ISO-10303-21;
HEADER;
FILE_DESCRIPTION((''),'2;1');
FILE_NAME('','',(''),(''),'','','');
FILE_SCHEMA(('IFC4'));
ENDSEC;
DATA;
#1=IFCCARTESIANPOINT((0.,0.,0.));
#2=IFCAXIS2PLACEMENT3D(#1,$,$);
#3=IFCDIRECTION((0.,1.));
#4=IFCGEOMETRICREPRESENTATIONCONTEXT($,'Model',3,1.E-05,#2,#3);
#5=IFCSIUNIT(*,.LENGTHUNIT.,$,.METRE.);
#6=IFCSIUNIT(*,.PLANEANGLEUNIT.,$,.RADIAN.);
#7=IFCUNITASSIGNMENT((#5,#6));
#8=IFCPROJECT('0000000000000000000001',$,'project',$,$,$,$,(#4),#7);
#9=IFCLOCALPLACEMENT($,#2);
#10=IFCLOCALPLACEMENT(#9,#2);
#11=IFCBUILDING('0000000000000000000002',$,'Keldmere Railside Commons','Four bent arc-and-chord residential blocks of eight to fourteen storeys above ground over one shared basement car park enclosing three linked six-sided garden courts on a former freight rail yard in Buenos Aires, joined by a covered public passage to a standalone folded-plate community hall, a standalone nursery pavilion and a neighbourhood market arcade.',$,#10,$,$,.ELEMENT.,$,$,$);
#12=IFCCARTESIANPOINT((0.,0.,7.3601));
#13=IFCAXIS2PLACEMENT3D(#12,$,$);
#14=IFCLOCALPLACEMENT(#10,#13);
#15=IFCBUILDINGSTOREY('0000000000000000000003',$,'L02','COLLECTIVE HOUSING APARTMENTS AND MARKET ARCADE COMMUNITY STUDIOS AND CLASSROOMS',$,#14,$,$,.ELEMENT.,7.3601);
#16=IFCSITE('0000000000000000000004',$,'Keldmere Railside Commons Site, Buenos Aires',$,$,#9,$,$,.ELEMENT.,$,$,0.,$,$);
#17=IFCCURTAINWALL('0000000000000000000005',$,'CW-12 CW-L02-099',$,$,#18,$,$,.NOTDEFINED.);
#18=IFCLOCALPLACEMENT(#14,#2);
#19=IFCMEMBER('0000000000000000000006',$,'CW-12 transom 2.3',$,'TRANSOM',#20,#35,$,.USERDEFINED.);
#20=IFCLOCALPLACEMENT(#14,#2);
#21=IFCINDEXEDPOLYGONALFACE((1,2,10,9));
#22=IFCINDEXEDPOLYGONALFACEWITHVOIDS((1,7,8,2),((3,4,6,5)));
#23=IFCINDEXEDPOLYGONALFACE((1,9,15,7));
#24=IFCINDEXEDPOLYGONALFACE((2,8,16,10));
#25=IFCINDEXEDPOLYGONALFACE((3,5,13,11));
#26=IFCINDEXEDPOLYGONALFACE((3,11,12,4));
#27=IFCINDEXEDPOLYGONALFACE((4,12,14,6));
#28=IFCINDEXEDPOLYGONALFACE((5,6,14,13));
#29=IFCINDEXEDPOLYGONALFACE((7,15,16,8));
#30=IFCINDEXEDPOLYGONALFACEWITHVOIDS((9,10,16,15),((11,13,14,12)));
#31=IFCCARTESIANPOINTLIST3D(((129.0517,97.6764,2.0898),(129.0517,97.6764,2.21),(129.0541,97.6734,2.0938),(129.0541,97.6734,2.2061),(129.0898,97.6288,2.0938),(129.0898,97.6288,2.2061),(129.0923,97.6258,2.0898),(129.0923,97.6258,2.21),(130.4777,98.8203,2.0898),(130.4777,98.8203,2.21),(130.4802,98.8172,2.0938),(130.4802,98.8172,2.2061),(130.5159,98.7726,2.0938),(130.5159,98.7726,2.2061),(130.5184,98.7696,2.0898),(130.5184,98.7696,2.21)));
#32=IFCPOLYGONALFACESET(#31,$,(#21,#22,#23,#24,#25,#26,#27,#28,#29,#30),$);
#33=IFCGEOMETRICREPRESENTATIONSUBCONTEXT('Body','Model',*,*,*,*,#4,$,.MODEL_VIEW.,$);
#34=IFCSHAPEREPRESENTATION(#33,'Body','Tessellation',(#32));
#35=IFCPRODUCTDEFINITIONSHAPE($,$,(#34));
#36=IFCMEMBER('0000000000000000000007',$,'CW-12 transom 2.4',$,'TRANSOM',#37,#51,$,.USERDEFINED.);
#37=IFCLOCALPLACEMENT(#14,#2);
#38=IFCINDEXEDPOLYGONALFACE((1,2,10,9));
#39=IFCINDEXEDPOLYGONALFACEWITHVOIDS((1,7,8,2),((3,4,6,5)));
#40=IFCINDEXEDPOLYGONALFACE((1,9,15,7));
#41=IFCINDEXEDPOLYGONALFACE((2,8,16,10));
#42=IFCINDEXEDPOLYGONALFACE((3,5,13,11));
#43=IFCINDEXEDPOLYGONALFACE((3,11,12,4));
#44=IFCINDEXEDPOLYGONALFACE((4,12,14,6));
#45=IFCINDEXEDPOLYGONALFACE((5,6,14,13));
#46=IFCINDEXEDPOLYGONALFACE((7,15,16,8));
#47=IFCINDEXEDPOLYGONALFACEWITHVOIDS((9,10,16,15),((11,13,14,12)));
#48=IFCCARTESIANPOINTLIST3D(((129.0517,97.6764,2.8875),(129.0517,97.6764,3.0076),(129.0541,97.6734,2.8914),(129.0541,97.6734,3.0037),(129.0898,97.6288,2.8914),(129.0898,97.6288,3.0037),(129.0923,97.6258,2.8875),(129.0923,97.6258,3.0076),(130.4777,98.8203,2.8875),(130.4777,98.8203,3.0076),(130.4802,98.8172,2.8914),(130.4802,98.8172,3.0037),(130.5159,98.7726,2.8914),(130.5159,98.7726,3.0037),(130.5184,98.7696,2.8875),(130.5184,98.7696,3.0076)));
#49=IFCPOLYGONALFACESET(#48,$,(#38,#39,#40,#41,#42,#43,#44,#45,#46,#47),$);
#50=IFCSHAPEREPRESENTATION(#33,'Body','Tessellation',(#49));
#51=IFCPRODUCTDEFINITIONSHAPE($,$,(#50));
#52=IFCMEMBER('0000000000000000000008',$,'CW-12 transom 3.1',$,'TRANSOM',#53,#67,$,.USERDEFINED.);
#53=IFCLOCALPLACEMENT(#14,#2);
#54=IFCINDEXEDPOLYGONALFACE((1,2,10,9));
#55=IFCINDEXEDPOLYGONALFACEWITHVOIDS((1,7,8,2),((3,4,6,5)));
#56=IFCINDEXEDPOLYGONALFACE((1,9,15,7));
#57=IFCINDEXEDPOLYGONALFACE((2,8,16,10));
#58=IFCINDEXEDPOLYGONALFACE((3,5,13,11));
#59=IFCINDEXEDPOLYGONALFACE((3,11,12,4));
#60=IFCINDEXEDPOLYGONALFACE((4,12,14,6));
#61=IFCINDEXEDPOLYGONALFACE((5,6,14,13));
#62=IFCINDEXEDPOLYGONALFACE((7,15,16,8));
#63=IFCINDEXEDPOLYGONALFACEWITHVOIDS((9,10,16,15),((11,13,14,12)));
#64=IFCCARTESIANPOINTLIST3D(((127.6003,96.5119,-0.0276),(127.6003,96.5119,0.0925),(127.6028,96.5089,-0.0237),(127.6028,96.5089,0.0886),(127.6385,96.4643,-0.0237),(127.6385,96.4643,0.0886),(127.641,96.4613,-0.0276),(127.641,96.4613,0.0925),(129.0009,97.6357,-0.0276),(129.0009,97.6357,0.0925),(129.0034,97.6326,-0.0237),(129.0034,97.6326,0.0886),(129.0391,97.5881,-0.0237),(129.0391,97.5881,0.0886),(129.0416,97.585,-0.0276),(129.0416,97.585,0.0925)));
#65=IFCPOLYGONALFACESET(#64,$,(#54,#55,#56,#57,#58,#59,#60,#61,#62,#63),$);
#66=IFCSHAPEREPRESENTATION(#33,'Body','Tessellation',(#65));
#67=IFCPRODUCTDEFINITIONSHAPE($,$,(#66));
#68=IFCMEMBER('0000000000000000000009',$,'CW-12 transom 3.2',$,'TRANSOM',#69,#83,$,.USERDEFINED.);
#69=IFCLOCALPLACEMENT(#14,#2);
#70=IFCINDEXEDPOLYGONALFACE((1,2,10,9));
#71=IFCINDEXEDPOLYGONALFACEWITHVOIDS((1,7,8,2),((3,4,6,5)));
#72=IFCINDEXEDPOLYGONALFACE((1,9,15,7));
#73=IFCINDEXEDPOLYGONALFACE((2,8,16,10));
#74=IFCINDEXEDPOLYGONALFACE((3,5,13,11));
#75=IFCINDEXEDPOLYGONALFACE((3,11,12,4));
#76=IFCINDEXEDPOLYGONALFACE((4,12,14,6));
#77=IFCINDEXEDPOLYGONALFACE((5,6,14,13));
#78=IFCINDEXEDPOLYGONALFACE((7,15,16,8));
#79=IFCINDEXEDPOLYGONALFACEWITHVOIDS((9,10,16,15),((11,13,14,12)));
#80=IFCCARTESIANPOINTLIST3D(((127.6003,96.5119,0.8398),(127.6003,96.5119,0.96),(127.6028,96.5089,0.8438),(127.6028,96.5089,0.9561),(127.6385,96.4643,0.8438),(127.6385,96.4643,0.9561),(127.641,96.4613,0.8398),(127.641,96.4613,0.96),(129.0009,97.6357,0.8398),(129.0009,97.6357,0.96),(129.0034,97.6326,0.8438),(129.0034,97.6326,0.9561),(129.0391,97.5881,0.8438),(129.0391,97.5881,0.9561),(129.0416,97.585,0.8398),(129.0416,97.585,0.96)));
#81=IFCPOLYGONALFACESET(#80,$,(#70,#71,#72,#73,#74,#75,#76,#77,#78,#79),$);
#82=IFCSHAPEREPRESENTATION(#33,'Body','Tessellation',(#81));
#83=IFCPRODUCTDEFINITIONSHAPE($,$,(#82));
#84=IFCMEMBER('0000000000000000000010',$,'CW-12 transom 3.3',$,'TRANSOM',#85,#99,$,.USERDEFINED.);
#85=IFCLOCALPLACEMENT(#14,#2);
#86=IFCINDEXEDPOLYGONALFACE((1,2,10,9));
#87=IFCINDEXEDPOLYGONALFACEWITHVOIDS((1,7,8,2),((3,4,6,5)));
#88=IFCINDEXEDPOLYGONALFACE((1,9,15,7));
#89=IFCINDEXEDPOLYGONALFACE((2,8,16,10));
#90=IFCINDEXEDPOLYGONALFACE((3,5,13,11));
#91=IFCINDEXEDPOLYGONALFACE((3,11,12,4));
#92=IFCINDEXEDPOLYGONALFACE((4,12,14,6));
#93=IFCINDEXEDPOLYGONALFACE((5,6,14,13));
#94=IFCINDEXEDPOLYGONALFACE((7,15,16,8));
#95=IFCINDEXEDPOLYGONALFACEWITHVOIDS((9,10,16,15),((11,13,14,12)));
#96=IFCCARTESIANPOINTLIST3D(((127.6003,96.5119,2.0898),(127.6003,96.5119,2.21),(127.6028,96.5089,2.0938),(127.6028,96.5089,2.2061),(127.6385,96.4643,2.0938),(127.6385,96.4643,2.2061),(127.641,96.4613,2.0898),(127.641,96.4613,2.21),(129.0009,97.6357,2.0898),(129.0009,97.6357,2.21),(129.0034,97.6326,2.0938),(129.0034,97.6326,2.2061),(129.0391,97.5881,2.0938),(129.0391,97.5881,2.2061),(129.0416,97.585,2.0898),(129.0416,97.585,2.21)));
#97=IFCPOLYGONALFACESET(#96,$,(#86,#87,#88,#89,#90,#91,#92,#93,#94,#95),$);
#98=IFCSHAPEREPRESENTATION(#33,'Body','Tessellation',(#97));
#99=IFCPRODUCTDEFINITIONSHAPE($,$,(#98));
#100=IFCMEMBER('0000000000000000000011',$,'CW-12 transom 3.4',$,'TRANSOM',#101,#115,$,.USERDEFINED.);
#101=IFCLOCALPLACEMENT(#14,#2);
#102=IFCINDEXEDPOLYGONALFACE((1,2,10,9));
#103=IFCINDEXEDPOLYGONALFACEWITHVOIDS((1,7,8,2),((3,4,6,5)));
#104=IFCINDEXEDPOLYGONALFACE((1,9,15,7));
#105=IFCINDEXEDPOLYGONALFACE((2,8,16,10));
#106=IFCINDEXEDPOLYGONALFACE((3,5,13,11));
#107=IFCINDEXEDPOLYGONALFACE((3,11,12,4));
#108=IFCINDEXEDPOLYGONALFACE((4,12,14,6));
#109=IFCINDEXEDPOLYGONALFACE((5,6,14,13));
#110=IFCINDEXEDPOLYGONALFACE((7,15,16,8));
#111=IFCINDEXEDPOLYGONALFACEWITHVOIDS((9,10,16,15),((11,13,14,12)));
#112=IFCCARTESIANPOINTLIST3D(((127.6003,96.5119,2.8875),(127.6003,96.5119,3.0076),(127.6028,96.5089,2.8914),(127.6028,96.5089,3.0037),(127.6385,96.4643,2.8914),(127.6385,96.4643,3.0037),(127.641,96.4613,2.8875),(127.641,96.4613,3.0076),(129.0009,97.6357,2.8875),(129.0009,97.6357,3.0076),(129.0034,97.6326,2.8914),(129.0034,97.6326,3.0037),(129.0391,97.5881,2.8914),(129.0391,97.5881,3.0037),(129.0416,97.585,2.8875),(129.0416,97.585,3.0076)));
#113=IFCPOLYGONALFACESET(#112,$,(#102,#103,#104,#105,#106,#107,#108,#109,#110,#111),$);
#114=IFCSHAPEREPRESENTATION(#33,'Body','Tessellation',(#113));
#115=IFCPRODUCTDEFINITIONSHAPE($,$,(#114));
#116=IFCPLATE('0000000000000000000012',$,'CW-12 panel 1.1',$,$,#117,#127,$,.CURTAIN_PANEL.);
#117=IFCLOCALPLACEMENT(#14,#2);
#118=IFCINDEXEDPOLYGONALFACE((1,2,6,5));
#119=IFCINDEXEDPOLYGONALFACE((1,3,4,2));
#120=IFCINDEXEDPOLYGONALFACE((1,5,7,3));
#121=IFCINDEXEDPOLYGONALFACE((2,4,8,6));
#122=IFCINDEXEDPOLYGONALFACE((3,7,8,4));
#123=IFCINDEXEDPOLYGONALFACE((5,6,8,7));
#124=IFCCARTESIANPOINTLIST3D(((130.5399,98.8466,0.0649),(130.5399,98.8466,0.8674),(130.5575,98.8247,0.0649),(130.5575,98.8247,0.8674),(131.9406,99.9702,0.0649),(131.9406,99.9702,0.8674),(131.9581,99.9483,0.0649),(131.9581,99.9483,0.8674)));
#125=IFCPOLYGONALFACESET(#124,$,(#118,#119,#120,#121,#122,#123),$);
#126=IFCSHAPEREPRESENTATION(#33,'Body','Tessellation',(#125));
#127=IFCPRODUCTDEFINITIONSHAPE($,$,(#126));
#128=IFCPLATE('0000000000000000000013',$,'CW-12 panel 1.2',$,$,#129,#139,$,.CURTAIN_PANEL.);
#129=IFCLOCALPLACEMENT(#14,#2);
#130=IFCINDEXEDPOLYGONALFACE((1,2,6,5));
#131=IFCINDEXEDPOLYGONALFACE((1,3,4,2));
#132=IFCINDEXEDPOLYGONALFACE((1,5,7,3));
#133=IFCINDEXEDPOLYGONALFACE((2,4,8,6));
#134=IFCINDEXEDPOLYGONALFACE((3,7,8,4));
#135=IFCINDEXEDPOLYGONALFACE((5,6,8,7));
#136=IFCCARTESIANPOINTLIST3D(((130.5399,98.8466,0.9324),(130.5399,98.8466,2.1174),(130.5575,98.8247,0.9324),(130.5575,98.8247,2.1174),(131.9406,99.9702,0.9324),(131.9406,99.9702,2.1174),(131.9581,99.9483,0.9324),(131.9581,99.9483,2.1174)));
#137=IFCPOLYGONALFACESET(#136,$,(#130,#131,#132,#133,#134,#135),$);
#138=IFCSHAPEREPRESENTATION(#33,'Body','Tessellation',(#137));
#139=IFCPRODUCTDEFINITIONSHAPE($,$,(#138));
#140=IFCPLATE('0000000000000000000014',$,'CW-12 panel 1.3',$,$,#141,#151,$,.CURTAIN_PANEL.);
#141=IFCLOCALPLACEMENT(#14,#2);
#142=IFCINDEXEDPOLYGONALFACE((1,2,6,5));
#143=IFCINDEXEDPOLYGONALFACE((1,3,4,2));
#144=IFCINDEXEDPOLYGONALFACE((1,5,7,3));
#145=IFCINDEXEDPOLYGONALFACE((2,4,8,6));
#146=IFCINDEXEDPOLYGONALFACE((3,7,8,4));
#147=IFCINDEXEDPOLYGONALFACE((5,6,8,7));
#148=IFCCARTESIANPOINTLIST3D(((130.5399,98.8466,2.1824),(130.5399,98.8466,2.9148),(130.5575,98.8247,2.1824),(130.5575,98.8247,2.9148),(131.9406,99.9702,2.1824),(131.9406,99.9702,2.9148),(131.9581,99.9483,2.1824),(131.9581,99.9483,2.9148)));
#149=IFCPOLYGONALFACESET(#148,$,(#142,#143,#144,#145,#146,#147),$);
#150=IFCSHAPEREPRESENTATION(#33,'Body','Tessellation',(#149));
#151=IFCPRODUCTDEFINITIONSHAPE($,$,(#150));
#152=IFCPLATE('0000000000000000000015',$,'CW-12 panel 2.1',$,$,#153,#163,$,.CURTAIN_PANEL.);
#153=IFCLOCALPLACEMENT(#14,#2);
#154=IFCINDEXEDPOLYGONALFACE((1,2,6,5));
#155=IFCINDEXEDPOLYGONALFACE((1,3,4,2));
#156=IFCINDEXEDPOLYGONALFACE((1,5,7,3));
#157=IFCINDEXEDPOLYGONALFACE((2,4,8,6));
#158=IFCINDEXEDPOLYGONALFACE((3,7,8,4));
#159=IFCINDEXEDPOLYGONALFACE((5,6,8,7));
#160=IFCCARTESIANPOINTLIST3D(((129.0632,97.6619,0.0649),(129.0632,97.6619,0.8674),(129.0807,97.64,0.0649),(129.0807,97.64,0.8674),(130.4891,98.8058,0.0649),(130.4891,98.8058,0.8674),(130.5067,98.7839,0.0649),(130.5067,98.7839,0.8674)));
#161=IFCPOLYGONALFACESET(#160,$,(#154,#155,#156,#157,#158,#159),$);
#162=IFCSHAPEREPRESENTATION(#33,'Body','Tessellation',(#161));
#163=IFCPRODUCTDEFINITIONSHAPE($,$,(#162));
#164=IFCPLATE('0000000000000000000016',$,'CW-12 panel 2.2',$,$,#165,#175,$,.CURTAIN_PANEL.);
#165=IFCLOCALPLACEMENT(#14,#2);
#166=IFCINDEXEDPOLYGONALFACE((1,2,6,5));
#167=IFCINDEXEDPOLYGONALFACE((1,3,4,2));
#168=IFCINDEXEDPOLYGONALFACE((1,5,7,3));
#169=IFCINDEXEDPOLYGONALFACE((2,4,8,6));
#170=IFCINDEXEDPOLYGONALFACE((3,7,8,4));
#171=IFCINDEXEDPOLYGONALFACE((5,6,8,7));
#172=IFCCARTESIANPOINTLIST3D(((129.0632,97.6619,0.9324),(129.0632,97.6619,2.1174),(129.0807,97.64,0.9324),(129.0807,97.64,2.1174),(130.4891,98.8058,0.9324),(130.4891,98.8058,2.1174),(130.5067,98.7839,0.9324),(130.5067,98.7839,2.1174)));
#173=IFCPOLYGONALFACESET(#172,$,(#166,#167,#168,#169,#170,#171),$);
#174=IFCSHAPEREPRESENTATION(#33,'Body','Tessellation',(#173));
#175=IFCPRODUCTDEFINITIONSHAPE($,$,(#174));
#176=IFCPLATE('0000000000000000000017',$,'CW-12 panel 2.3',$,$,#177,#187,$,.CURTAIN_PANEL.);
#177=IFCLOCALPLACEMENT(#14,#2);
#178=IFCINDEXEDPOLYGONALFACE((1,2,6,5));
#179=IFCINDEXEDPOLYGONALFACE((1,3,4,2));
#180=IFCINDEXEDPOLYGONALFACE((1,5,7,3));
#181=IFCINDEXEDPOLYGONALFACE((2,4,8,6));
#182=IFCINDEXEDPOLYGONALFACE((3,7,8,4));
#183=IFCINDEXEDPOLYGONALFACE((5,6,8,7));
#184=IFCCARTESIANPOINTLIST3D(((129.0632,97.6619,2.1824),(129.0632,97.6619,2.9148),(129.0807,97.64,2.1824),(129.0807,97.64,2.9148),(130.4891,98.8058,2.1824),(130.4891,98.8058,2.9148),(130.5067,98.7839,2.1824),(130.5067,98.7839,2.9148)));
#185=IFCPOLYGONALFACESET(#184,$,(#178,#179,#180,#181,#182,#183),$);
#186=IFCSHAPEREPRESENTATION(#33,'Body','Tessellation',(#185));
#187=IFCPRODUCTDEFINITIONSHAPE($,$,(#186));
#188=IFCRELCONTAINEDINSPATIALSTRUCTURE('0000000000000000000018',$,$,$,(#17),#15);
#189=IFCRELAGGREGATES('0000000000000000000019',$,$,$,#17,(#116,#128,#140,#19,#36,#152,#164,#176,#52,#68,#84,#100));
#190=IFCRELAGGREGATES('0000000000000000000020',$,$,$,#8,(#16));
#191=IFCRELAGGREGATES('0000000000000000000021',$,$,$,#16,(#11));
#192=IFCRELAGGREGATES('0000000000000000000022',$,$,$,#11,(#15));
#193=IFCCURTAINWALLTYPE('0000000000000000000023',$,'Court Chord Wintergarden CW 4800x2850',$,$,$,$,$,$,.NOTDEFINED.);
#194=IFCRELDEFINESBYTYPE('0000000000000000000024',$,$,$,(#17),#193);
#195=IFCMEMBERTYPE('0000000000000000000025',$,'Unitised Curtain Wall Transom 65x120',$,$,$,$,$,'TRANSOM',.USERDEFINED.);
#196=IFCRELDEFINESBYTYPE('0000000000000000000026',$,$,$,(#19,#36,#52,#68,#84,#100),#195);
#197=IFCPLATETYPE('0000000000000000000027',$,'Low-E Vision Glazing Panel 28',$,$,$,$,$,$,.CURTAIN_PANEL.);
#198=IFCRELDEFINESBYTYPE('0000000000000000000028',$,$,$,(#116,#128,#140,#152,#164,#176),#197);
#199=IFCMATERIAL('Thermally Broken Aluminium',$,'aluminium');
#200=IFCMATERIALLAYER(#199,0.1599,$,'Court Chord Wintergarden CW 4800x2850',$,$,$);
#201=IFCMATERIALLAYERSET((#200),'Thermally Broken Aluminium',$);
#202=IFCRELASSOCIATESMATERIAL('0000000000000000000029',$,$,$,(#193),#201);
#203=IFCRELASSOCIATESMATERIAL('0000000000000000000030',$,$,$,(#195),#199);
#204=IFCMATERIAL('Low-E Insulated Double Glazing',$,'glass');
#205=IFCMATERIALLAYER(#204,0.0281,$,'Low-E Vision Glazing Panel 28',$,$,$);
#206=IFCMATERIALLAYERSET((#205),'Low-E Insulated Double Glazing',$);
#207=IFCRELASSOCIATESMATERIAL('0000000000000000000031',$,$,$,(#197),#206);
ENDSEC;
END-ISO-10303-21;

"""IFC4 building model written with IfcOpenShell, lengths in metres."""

from ifc_helpers import new_model, si_unit, direction, frame, origin, origin_2d, place, context, subcontext, project, spatial, rectangle, hollow_rectangle, extrude, material, layer, layer_set, material_profile, profile_set, type_object, element, aggregate, save


model = new_model("IFC4")

# Units and contexts
model_context = context("Model", 3, precision=1e-05, world=origin(), true_north=direction((0.0, 1.0)))
body_context = subcontext(model_context, "Body", "Model", "MODEL_VIEW")
ifc_project = project(units=[si_unit("LENGTHUNIT", "METRE"), si_unit("PLANEANGLEUNIT", "RADIAN")], contexts=[model_context])

# Site, building, storey
site_placement = place(None, origin())
site = spatial("IfcSite", under=ifc_project, at=site_placement, Name="Keldmere Railside Commons Site, Buenos Aires", CompositionType="ELEMENT", RefElevation=0.0)
building_placement = place(site_placement, origin())
building = spatial("IfcBuilding", under=site, at=building_placement, Name="Keldmere Railside Commons", Description="Four bent arc-and-chord residential blocks of eight to fourteen storeys above ground over one shared basement car park enclosing three linked six-sided garden courts on a former freight rail yard in Buenos Aires, joined by a covered public passage to a standalone folded-plate community hall, a standalone nursery pavilion and a neighbourhood market arcade.", CompositionType="ELEMENT")
storey_placement = place(building_placement, frame((0.0, 0.0, 7.3601)))
storey = spatial("IfcBuildingStorey", under=building, at=storey_placement, Name="L02", Description="COLLECTIVE HOUSING APARTMENTS AND MARKET ARCADE COMMUNITY STUDIOS AND CLASSROOMS", CompositionType="ELEMENT", Elevation=7.3601)

# Shared definitions
ifc_material_1 = material(Name="Thermally Broken Aluminium", Category="aluminium")

# Curtain wall, members, plates
ifc_layer_1 = layer(ifc_material_1, 0.1599, Name="Court Chord Wintergarden CW 4800x2850")
ifc_layer_set_1 = layer_set([ifc_layer_1], Name="Thermally Broken Aluminium")
curtain_wall_type_1 = type_object("IfcCurtainWallType", Name="Court Chord Wintergarden CW 4800x2850", PredefinedType="NOTDEFINED", material=ifc_layer_set_1)
curtain_wall_1_placement = place(storey_placement, origin())
curtain_wall_1 = element("IfcCurtainWall", 1, at=curtain_wall_1_placement, inside=storey, type_object=curtain_wall_type_1, Name="CW-12 CW-L02-099", PredefinedType="NOTDEFINED")
ifc_material_profile_1 = material_profile(ifc_material_1, hollow_rectangle(XDim=0.0649, YDim=0.1201, WallThickness=0.0039, at=origin_2d()), Name="ALU-TRAN-65x120")
ifc_profile_set_1 = profile_set([ifc_material_profile_1], Name="Thermally Broken Aluminium")
member_type_1 = type_object("IfcMemberType", Name="Unitised Curtain Wall Transom 65x120", ElementType="TRANSOM", PredefinedType="USERDEFINED", material=ifc_profile_set_1)
member_1_placement = place(storey_placement, frame((130.498, 98.7949, 2.1499), z_axis=(-0.780073, -0.625688, 0.0), x_axis=(0.625688, -0.780073, 0.0)))
member_1 = element("IfcMember", 2, at=member_1_placement, type_object=member_type_1, Name="CW-12 transom 2.3", ObjectType="TRANSOM", PredefinedType="USERDEFINED", context=body_context, shape_type="SweptSolid", body=[
    extrude(hollow_rectangle(XDim=0.0649, YDim=0.1201, WallThickness=0.0039, at=origin_2d()), origin(), (0.0, 0.0, 1.0), 1.8281),
])
member_2_placement = place(storey_placement, frame((130.498, 98.7949, 2.9475), z_axis=(-0.780073, -0.625688, 0.0), x_axis=(0.625688, -0.780073, 0.0)))
member_2 = element("IfcMember", 3, at=member_2_placement, type_object=member_type_1, Name="CW-12 transom 2.4", ObjectType="TRANSOM", PredefinedType="USERDEFINED", context=body_context, shape_type="SweptSolid", body=[
    extrude(hollow_rectangle(XDim=0.0649, YDim=0.1201, WallThickness=0.0039, at=origin_2d()), origin(), (0.0, 0.0, 1.0), 1.8281),
])
member_3_placement = place(storey_placement, frame((129.0212, 97.6104, 0.0325), z_axis=(-0.779979, -0.625805, 0.0), x_axis=(0.625805, -0.779979, 0.0)))
member_3 = element("IfcMember", 4, at=member_3_placement, type_object=member_type_1, Name="CW-12 transom 3.1", ObjectType="TRANSOM", PredefinedType="USERDEFINED", context=body_context, shape_type="SweptSolid", body=[
    extrude(hollow_rectangle(XDim=0.0649, YDim=0.1201, WallThickness=0.0039, at=origin_2d()), origin(), (0.0, 0.0, 1.0), 1.7957),
])
member_4_placement = place(storey_placement, frame((129.0212, 97.6104, 0.8999), z_axis=(-0.779979, -0.625805, 0.0), x_axis=(0.625805, -0.779979, 0.0)))
member_4 = element("IfcMember", 5, at=member_4_placement, type_object=member_type_1, Name="CW-12 transom 3.2", ObjectType="TRANSOM", PredefinedType="USERDEFINED", context=body_context, shape_type="SweptSolid", body=[
    extrude(hollow_rectangle(XDim=0.0649, YDim=0.1201, WallThickness=0.0039, at=origin_2d()), origin(), (0.0, 0.0, 1.0), 1.7957),
])
member_5_placement = place(storey_placement, frame((129.0212, 97.6104, 2.1499), z_axis=(-0.779979, -0.625805, 0.0), x_axis=(0.625805, -0.779979, 0.0)))
member_5 = element("IfcMember", 6, at=member_5_placement, type_object=member_type_1, Name="CW-12 transom 3.3", ObjectType="TRANSOM", PredefinedType="USERDEFINED", context=body_context, shape_type="SweptSolid", body=[
    extrude(hollow_rectangle(XDim=0.0649, YDim=0.1201, WallThickness=0.0039, at=origin_2d()), origin(), (0.0, 0.0, 1.0), 1.7957),
])
member_6_placement = place(storey_placement, frame((129.0212, 97.6104, 2.9475), z_axis=(-0.779979, -0.625805, 0.0), x_axis=(0.625805, -0.779979, 0.0)))
member_6 = element("IfcMember", 7, at=member_6_placement, type_object=member_type_1, Name="CW-12 transom 3.4", ObjectType="TRANSOM", PredefinedType="USERDEFINED", context=body_context, shape_type="SweptSolid", body=[
    extrude(hollow_rectangle(XDim=0.0649, YDim=0.1201, WallThickness=0.0039, at=origin_2d()), origin(), (0.0, 0.0, 1.0), 1.7957),
])
ifc_material_2 = material(Name="Low-E Insulated Double Glazing", Category="glass")
ifc_layer_2 = layer(ifc_material_2, 0.0281, Name="Low-E Vision Glazing Panel 28")
ifc_layer_set_2 = layer_set([ifc_layer_2], Name="Low-E Insulated Double Glazing")
plate_type = type_object("IfcPlateType", Name="Low-E Vision Glazing Panel 28", PredefinedType="CURTAIN_PANEL", material=ifc_layer_set_2)
plate_1_placement = place(storey_placement, frame((131.249, 99.3975, 0.0649), z_axis=(0.0, 0.0, 1.0), x_axis=(-0.780009, -0.625768, 0.0)))
plate_1 = element("IfcPlate", 8, at=plate_1_placement, type_object=plate_type, Name="CW-12 panel 1.1", PredefinedType="CURTAIN_PANEL", context=body_context, shape_type="SweptSolid", body=[
    extrude(rectangle(XDim=1.7957, YDim=0.0281, at=origin_2d()), origin(), (0.0, 0.0, 1.0), 0.8025),
])
plate_2_placement = place(storey_placement, frame((131.249, 99.3975, 0.9324), z_axis=(0.0, 0.0, 1.0), x_axis=(-0.780009, -0.625768, 0.0)))
plate_2 = element("IfcPlate", 9, at=plate_2_placement, type_object=plate_type, Name="CW-12 panel 1.2", PredefinedType="CURTAIN_PANEL", context=body_context, shape_type="SweptSolid", body=[
    extrude(rectangle(XDim=1.7957, YDim=0.0281, at=origin_2d()), origin(), (0.0, 0.0, 1.0), 1.1851),
])
plate_3_placement = place(storey_placement, frame((131.249, 99.3975, 2.1824), z_axis=(0.0, 0.0, 1.0), x_axis=(-0.780009, -0.625768, 0.0)))
plate_3 = element("IfcPlate", 10, at=plate_3_placement, type_object=plate_type, Name="CW-12 panel 1.3", PredefinedType="CURTAIN_PANEL", context=body_context, shape_type="SweptSolid", body=[
    extrude(rectangle(XDim=1.7957, YDim=0.0281, at=origin_2d()), origin(), (0.0, 0.0, 1.0), 0.7324),
])
plate_4_placement = place(storey_placement, frame((129.7849, 98.2229, 0.0649), z_axis=(0.0, 0.0, 1.0), x_axis=(-0.780009, -0.625768, 0.0)))
plate_4 = element("IfcPlate", 11, at=plate_4_placement, type_object=plate_type, Name="CW-12 panel 2.1", PredefinedType="CURTAIN_PANEL", context=body_context, shape_type="SweptSolid", body=[
    extrude(rectangle(XDim=1.8281, YDim=0.0281, at=origin_2d()), origin(), (0.0, 0.0, 1.0), 0.8025),
])
plate_5_placement = place(storey_placement, frame((129.7849, 98.2229, 0.9324), z_axis=(0.0, 0.0, 1.0), x_axis=(-0.780009, -0.625768, 0.0)))
plate_5 = element("IfcPlate", 12, at=plate_5_placement, type_object=plate_type, Name="CW-12 panel 2.2", PredefinedType="CURTAIN_PANEL", context=body_context, shape_type="SweptSolid", body=[
    extrude(rectangle(XDim=1.8281, YDim=0.0281, at=origin_2d()), origin(), (0.0, 0.0, 1.0), 1.1851),
])
plate_6_placement = place(storey_placement, frame((129.7849, 98.2229, 2.1824), z_axis=(0.0, 0.0, 1.0), x_axis=(-0.780009, -0.625768, 0.0)))
plate_6 = element("IfcPlate", 13, at=plate_6_placement, type_object=plate_type, Name="CW-12 panel 2.3", PredefinedType="CURTAIN_PANEL", context=body_context, shape_type="SweptSolid", body=[
    extrude(rectangle(XDim=1.8281, YDim=0.0281, at=origin_2d()), origin(), (0.0, 0.0, 1.0), 0.7324),
])
aggregate(curtain_wall_1, [plate_1, plate_2, plate_3, member_1, member_2, plate_4, plate_5, plate_6, member_3, member_4, member_5, member_6])

save(model, "model.ifc")
